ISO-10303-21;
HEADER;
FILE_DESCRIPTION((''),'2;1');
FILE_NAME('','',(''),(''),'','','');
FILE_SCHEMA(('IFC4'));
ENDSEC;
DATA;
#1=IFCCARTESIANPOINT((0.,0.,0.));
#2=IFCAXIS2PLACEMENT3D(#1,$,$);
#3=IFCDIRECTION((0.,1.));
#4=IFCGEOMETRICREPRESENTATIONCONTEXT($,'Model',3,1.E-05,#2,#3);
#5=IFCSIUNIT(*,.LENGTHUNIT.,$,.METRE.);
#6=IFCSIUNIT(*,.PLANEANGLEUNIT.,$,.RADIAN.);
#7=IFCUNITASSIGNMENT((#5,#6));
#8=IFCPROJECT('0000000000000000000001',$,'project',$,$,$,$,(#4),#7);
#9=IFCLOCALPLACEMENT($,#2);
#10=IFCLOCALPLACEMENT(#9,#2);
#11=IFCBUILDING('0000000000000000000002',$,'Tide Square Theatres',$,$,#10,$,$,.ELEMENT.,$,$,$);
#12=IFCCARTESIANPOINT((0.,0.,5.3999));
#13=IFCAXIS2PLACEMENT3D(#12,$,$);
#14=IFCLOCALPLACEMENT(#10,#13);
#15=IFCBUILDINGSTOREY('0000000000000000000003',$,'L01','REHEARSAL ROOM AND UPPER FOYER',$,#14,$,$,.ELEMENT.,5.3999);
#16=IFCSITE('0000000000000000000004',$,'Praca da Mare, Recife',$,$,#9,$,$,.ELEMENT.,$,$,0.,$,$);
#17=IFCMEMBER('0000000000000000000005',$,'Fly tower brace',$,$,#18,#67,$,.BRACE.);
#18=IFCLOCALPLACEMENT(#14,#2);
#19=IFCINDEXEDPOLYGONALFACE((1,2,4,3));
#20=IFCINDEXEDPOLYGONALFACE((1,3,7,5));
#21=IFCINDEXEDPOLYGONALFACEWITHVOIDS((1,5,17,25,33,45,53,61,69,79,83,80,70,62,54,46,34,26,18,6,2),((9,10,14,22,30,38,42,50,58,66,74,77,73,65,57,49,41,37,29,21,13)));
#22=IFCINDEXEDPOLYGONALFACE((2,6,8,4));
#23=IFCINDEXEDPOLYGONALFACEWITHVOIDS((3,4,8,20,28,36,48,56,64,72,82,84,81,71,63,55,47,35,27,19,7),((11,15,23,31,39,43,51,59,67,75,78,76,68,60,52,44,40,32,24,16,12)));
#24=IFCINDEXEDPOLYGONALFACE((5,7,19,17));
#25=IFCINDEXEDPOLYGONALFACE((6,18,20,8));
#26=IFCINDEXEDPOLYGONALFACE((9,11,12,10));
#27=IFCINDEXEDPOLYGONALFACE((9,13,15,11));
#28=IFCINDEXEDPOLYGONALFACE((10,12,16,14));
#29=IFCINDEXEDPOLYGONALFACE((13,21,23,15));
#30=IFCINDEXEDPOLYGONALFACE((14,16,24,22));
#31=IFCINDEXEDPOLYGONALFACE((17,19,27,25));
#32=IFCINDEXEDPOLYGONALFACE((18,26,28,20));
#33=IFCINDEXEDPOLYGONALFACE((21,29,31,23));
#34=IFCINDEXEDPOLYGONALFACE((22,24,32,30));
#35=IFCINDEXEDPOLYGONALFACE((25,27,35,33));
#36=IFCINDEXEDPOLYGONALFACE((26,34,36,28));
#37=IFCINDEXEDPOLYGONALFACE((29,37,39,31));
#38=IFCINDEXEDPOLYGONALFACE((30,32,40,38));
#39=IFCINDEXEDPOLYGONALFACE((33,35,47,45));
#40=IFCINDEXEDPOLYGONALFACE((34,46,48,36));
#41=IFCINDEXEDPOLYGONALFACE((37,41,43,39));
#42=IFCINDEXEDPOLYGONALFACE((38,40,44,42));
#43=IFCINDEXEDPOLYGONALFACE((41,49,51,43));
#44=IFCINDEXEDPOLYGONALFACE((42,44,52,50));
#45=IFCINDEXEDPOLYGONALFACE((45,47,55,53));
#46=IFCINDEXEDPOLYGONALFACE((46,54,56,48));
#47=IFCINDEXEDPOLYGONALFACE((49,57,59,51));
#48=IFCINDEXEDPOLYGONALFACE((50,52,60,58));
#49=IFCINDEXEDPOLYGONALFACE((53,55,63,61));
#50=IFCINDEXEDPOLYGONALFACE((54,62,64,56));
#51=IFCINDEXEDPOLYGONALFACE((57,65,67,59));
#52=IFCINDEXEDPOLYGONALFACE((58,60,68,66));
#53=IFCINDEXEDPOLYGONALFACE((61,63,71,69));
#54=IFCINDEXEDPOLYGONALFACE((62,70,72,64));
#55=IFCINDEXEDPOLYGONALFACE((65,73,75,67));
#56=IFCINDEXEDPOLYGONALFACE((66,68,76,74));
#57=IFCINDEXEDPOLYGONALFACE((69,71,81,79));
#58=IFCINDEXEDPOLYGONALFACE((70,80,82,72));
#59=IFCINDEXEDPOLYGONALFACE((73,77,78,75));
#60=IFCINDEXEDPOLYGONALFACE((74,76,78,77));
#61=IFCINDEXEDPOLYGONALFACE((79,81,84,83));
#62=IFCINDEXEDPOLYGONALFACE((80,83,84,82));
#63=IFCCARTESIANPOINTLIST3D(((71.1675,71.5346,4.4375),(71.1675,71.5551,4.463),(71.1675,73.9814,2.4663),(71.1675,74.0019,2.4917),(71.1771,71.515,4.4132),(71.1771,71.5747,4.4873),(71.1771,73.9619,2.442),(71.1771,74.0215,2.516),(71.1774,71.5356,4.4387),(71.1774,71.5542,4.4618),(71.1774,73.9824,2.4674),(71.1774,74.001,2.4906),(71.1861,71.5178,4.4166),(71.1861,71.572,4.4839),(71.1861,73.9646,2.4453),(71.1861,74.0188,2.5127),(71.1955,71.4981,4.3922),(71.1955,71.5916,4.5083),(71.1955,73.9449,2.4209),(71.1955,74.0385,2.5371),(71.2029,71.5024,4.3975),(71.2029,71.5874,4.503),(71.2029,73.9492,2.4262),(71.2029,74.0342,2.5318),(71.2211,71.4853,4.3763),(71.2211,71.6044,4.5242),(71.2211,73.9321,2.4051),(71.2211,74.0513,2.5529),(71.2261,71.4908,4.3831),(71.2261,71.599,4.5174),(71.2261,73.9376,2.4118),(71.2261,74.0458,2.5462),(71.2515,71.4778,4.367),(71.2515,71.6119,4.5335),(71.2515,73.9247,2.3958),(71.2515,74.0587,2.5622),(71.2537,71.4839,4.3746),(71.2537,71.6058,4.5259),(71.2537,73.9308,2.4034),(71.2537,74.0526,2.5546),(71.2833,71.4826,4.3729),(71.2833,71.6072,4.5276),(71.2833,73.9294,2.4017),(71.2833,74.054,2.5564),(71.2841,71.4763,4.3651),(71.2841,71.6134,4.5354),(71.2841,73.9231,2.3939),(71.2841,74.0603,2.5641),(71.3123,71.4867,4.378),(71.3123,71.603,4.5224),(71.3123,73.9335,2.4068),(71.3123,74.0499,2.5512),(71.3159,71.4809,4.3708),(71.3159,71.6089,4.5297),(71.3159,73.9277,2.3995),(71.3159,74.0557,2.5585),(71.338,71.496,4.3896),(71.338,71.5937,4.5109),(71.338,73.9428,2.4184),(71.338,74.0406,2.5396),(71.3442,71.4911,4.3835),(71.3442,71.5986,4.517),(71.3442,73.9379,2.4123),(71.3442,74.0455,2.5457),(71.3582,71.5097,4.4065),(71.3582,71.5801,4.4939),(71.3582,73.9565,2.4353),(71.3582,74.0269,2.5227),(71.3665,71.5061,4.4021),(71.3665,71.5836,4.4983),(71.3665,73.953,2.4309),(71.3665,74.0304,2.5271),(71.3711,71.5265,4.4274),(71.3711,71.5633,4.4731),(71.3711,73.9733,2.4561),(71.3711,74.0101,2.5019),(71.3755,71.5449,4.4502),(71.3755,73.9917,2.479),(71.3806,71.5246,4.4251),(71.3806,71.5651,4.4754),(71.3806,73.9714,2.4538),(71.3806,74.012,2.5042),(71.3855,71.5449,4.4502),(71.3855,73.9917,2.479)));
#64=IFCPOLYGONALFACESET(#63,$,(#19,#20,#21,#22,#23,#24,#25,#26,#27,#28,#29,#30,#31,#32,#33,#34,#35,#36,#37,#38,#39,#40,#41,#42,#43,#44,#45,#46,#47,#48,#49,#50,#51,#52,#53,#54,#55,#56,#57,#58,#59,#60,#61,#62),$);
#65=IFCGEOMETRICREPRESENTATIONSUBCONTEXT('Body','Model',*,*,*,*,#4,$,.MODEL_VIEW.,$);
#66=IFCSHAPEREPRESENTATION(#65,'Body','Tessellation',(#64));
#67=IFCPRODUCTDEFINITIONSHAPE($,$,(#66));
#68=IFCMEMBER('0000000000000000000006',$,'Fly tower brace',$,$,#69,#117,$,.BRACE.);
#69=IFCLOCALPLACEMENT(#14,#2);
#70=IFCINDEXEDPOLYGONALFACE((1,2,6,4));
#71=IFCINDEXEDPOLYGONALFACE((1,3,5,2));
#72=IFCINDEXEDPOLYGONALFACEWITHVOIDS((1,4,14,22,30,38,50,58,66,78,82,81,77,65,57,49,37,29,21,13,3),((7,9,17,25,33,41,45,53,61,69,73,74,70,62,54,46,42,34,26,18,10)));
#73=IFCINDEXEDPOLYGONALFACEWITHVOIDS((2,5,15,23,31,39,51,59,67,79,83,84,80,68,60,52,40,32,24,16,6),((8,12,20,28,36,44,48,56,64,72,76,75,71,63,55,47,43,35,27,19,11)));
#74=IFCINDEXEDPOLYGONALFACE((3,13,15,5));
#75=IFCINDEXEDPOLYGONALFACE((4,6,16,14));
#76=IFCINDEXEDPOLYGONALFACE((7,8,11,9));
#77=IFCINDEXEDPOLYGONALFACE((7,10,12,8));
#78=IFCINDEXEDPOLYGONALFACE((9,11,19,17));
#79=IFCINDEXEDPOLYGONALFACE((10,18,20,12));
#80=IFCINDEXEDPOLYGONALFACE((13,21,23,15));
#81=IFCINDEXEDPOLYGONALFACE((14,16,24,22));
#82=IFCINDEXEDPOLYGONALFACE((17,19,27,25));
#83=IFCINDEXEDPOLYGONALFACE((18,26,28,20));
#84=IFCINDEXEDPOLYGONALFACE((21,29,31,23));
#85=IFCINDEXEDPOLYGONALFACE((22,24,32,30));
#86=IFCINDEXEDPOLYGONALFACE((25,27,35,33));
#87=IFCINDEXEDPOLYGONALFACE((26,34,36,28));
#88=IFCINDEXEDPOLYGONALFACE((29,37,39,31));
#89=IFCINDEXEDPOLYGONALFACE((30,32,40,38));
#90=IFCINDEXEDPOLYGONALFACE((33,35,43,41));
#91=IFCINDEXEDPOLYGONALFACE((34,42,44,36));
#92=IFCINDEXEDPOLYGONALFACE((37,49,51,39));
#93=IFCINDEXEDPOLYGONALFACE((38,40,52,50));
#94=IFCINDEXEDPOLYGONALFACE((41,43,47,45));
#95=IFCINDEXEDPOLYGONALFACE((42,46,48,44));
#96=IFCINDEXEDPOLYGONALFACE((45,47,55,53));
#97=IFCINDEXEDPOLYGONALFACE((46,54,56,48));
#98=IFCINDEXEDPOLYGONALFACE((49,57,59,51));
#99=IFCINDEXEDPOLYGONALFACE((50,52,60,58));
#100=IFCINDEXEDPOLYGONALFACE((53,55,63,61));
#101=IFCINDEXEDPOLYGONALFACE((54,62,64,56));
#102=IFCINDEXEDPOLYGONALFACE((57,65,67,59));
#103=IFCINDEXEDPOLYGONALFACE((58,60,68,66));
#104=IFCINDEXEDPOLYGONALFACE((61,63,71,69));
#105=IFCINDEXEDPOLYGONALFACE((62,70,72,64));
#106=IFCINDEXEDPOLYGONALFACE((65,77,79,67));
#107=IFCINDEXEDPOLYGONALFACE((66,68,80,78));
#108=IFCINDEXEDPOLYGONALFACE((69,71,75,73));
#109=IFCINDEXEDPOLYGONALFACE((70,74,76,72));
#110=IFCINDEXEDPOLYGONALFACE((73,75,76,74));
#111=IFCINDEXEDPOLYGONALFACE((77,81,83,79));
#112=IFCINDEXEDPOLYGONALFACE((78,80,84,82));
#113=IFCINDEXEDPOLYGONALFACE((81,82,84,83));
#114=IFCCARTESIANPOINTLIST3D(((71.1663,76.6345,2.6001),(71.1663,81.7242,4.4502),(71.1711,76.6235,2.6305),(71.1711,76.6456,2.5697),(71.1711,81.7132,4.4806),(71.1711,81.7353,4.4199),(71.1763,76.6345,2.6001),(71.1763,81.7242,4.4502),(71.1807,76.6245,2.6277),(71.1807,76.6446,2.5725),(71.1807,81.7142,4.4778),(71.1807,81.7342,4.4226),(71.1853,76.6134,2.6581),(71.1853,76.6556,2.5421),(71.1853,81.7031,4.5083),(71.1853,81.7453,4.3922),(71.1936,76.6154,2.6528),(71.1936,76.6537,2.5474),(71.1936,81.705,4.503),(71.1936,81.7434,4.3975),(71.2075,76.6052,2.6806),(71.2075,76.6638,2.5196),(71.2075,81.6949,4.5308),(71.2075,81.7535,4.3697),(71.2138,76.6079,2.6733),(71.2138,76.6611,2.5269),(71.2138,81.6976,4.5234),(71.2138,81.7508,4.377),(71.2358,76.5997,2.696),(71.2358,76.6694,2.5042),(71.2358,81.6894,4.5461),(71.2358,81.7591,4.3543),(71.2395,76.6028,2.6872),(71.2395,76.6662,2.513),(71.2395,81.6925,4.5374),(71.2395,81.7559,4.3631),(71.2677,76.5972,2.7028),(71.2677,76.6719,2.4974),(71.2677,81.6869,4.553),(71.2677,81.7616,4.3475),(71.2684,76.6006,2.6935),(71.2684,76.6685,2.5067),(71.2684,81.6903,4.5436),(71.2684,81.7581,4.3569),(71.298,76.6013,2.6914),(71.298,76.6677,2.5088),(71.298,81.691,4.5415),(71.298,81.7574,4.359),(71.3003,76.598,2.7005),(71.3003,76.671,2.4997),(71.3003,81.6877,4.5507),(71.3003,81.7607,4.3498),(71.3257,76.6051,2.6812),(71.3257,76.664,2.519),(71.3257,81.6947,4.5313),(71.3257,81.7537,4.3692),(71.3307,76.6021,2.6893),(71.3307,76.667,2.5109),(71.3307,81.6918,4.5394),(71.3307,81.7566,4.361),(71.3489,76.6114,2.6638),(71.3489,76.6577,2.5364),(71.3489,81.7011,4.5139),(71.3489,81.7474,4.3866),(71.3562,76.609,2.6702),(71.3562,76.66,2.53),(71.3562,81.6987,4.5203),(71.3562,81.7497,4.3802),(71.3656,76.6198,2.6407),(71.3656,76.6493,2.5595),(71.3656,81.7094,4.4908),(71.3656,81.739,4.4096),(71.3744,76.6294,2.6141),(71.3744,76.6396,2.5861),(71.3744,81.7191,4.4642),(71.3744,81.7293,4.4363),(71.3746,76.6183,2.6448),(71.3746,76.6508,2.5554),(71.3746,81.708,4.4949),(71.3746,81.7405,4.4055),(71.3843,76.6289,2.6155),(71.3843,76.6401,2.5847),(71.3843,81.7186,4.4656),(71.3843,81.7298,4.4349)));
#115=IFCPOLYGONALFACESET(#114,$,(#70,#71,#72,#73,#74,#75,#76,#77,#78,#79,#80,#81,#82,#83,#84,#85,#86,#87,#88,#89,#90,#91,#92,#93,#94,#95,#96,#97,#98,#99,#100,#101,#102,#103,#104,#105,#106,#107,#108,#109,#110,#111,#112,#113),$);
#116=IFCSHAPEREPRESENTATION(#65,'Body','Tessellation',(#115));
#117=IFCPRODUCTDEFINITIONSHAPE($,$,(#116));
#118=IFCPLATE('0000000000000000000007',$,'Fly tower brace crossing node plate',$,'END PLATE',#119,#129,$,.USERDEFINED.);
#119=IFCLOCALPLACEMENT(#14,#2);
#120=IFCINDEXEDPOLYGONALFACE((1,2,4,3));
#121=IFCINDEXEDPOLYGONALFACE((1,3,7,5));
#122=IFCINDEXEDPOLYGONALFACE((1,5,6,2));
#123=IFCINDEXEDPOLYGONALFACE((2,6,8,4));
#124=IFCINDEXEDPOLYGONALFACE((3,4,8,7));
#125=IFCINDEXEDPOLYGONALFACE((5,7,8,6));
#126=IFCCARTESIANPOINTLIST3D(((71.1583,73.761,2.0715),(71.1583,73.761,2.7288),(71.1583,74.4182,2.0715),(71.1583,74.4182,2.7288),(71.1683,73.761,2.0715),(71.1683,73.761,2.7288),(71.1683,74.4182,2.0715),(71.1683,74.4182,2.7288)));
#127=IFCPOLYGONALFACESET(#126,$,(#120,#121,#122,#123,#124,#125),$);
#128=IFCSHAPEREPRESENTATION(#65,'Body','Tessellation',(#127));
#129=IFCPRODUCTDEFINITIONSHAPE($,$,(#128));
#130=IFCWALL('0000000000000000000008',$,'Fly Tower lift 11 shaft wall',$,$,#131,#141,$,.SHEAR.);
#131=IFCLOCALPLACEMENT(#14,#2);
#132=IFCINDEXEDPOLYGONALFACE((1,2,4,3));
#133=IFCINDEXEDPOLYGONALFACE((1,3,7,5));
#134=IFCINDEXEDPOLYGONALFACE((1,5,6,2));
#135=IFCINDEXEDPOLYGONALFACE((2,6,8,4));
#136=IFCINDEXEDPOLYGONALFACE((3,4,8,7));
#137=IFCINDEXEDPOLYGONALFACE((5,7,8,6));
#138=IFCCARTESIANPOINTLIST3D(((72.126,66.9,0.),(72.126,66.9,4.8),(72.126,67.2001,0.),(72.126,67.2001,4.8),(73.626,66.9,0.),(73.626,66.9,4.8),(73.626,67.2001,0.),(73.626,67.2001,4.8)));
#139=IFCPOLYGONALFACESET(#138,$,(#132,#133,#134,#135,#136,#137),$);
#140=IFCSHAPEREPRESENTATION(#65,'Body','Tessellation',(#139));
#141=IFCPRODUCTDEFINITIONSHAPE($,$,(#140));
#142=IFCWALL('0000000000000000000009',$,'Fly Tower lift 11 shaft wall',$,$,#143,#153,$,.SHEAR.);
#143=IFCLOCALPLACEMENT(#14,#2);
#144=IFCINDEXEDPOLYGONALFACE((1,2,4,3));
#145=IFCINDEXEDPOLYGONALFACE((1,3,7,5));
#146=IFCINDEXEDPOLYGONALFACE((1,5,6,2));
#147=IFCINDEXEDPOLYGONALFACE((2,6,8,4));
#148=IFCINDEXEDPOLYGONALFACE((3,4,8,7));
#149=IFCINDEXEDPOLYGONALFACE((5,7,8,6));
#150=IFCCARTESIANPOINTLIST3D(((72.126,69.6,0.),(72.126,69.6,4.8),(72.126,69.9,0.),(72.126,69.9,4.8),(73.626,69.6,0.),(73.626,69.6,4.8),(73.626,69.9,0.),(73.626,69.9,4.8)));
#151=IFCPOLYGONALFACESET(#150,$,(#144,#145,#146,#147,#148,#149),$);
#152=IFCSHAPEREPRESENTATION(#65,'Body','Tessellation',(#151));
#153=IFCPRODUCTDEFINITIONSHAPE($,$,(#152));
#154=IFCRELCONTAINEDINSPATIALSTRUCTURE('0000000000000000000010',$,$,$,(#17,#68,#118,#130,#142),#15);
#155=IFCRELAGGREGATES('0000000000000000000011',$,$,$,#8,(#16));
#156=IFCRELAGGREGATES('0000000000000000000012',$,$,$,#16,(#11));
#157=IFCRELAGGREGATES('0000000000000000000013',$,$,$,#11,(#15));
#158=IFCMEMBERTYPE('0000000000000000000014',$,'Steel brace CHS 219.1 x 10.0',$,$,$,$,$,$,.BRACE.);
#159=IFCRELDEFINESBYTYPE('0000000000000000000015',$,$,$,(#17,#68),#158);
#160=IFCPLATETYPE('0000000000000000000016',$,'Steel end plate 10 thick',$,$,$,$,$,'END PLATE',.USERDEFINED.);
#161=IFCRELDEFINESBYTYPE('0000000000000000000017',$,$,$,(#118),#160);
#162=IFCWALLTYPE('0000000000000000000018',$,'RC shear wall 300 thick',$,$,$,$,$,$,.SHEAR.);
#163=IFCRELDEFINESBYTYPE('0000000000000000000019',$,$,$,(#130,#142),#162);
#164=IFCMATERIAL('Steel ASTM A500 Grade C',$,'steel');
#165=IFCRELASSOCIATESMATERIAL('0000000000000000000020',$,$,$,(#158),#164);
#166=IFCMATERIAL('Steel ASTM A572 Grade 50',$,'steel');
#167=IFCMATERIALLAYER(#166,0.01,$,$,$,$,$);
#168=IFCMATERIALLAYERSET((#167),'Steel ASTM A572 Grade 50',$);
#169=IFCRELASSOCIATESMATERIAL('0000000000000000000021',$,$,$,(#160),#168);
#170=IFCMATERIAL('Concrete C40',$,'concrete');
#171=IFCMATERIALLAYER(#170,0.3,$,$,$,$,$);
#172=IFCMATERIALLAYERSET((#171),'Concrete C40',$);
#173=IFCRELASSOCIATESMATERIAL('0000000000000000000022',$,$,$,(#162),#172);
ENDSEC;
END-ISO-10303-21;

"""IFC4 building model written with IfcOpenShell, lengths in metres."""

from ifc_helpers import new_model, si_unit, direction, frame, frame_2d, origin, origin_2d, place, context, subcontext, project, spatial, rectangle, hollow_circle, extrude, material, layer, layer_set, material_profile, profile_set, type_object, element, save


model = new_model("IFC4")

# Units and contexts
model_context = context("Model", 3, precision=1e-05, world=origin(), true_north=direction((0.0, 1.0)))
body_context = subcontext(model_context, "Body", "Model", "MODEL_VIEW")
ifc_project = project(units=[si_unit("LENGTHUNIT", "METRE"), si_unit("PLANEANGLEUNIT", "RADIAN")], contexts=[model_context])

# Site, building, storey
site_placement = place(None, origin())
site = spatial("IfcSite", under=ifc_project, at=site_placement, Name="Praca da Mare, Recife", CompositionType="ELEMENT", RefElevation=0.0)
building_placement = place(site_placement, origin())
building = spatial("IfcBuilding", under=site, at=building_placement, Name="Tide Square Theatres", CompositionType="ELEMENT")
storey_placement = place(building_placement, frame((0.0, 0.0, 5.3999)))
storey = spatial("IfcBuildingStorey", under=building, at=storey_placement, Name="L01", Description="REHEARSAL ROOM AND UPPER FOYER", CompositionType="ELEMENT", Elevation=5.3999)

# Members
ifc_material_1 = material(Name="Steel ASTM A500 Grade C", Category="steel")
ifc_material_profile_1 = material_profile(ifc_material_1, hollow_circle(Radius=0.1096, WallThickness=0.01, at=origin_2d()))
ifc_profile_set_1 = profile_set([ifc_material_profile_1], Name="Steel ASTM A500 Grade C")
member_type = type_object("IfcMemberType", Name="Steel brace CHS 219.1 x 10.0", PredefinedType="BRACE", material=ifc_profile_set_1)
member_1_placement = place(storey_placement, frame((71.2759, 73.9917, 2.479), z_axis=(0.0, -0.778726, 0.627364), x_axis=(1.0, 0.0, 0.0)))
element("IfcMember", 1, at=member_1_placement, inside=storey, type_object=member_type, Name="Fly tower brace", PredefinedType="BRACE", context=body_context, shape_type="SweptSolid", body=[
    extrude(hollow_circle(Radius=0.1096, WallThickness=0.01, at=origin_2d()), origin(), (0.0, 0.0, 1.0), 3.1421),
])
member_2_placement = place(storey_placement, frame((71.2759, 76.6345, 2.6001), z_axis=(0.0, 0.939833, 0.341634), x_axis=(-1.0, 0.0, 0.0)))
element("IfcMember", 2, at=member_2_placement, inside=storey, type_object=member_type, Name="Fly tower brace", PredefinedType="BRACE", context=body_context, shape_type="SweptSolid", body=[
    extrude(hollow_circle(Radius=0.1096, WallThickness=0.01, at=origin_2d()), origin(), (0.0, 0.0, 1.0), 5.4155),
])

# Plate
ifc_material_2 = material(Name="Steel ASTM A572 Grade 50", Category="steel")
ifc_layer_1 = layer(ifc_material_2, 0.01)
ifc_layer_set_1 = layer_set([ifc_layer_1], Name="Steel ASTM A572 Grade 50")
plate_type = type_object("IfcPlateType", Name="Steel end plate 10 thick", ElementType="END PLATE", PredefinedType="USERDEFINED", material=ifc_layer_set_1)
plate_placement = place(storey_placement, frame((71.1633, 74.0896, 2.0715), z_axis=(0.0, 0.0, 1.0), x_axis=(-1.0, 0.0, 0.0)))
element("IfcPlate", 3, at=plate_placement, inside=storey, type_object=plate_type, Name="Fly tower brace crossing node plate", ObjectType="END PLATE", PredefinedType="USERDEFINED", context=body_context, shape_type="SweptSolid", body=[
    extrude(rectangle(XDim=0.01, YDim=0.6572, at=origin_2d()), origin(), (0.0, 0.0, 1.0), 0.6572),
])

# Walls
ifc_material_3 = material(Name="Concrete C40", Category="concrete")
ifc_layer_2 = layer(ifc_material_3, 0.3)
ifc_layer_set_2 = layer_set([ifc_layer_2], Name="Concrete C40")
wall_type = type_object("IfcWallType", Name="RC shear wall 300 thick", PredefinedType="SHEAR", material=ifc_layer_set_2)
for number, where, z_axis, x_axis, name in (
    (4, (72.126, 67.05, 0.0), (0.0, 0.0, 1.0), (1.0, 0.0, 0.0), "Fly Tower lift 11 shaft wall"),
    (5, (73.626, 69.75, 0.0), (0.0, 0.0, 1.0), (-1.0, 0.0, 0.0), "Fly Tower lift 11 shaft wall"),
):
    element("IfcWall", number, at=place(storey_placement, frame(where, z_axis=z_axis, x_axis=x_axis)), inside=storey, type_object=wall_type, Name=name, PredefinedType="SHEAR", context=body_context, shape_type="SweptSolid", body=[
        extrude(rectangle(XDim=1.5, YDim=0.3, at=frame_2d((0.75, 0.0))), origin(), (0.0, 0.0, 1.0), 4.8),
    ])

save(model, "model.ifc")
